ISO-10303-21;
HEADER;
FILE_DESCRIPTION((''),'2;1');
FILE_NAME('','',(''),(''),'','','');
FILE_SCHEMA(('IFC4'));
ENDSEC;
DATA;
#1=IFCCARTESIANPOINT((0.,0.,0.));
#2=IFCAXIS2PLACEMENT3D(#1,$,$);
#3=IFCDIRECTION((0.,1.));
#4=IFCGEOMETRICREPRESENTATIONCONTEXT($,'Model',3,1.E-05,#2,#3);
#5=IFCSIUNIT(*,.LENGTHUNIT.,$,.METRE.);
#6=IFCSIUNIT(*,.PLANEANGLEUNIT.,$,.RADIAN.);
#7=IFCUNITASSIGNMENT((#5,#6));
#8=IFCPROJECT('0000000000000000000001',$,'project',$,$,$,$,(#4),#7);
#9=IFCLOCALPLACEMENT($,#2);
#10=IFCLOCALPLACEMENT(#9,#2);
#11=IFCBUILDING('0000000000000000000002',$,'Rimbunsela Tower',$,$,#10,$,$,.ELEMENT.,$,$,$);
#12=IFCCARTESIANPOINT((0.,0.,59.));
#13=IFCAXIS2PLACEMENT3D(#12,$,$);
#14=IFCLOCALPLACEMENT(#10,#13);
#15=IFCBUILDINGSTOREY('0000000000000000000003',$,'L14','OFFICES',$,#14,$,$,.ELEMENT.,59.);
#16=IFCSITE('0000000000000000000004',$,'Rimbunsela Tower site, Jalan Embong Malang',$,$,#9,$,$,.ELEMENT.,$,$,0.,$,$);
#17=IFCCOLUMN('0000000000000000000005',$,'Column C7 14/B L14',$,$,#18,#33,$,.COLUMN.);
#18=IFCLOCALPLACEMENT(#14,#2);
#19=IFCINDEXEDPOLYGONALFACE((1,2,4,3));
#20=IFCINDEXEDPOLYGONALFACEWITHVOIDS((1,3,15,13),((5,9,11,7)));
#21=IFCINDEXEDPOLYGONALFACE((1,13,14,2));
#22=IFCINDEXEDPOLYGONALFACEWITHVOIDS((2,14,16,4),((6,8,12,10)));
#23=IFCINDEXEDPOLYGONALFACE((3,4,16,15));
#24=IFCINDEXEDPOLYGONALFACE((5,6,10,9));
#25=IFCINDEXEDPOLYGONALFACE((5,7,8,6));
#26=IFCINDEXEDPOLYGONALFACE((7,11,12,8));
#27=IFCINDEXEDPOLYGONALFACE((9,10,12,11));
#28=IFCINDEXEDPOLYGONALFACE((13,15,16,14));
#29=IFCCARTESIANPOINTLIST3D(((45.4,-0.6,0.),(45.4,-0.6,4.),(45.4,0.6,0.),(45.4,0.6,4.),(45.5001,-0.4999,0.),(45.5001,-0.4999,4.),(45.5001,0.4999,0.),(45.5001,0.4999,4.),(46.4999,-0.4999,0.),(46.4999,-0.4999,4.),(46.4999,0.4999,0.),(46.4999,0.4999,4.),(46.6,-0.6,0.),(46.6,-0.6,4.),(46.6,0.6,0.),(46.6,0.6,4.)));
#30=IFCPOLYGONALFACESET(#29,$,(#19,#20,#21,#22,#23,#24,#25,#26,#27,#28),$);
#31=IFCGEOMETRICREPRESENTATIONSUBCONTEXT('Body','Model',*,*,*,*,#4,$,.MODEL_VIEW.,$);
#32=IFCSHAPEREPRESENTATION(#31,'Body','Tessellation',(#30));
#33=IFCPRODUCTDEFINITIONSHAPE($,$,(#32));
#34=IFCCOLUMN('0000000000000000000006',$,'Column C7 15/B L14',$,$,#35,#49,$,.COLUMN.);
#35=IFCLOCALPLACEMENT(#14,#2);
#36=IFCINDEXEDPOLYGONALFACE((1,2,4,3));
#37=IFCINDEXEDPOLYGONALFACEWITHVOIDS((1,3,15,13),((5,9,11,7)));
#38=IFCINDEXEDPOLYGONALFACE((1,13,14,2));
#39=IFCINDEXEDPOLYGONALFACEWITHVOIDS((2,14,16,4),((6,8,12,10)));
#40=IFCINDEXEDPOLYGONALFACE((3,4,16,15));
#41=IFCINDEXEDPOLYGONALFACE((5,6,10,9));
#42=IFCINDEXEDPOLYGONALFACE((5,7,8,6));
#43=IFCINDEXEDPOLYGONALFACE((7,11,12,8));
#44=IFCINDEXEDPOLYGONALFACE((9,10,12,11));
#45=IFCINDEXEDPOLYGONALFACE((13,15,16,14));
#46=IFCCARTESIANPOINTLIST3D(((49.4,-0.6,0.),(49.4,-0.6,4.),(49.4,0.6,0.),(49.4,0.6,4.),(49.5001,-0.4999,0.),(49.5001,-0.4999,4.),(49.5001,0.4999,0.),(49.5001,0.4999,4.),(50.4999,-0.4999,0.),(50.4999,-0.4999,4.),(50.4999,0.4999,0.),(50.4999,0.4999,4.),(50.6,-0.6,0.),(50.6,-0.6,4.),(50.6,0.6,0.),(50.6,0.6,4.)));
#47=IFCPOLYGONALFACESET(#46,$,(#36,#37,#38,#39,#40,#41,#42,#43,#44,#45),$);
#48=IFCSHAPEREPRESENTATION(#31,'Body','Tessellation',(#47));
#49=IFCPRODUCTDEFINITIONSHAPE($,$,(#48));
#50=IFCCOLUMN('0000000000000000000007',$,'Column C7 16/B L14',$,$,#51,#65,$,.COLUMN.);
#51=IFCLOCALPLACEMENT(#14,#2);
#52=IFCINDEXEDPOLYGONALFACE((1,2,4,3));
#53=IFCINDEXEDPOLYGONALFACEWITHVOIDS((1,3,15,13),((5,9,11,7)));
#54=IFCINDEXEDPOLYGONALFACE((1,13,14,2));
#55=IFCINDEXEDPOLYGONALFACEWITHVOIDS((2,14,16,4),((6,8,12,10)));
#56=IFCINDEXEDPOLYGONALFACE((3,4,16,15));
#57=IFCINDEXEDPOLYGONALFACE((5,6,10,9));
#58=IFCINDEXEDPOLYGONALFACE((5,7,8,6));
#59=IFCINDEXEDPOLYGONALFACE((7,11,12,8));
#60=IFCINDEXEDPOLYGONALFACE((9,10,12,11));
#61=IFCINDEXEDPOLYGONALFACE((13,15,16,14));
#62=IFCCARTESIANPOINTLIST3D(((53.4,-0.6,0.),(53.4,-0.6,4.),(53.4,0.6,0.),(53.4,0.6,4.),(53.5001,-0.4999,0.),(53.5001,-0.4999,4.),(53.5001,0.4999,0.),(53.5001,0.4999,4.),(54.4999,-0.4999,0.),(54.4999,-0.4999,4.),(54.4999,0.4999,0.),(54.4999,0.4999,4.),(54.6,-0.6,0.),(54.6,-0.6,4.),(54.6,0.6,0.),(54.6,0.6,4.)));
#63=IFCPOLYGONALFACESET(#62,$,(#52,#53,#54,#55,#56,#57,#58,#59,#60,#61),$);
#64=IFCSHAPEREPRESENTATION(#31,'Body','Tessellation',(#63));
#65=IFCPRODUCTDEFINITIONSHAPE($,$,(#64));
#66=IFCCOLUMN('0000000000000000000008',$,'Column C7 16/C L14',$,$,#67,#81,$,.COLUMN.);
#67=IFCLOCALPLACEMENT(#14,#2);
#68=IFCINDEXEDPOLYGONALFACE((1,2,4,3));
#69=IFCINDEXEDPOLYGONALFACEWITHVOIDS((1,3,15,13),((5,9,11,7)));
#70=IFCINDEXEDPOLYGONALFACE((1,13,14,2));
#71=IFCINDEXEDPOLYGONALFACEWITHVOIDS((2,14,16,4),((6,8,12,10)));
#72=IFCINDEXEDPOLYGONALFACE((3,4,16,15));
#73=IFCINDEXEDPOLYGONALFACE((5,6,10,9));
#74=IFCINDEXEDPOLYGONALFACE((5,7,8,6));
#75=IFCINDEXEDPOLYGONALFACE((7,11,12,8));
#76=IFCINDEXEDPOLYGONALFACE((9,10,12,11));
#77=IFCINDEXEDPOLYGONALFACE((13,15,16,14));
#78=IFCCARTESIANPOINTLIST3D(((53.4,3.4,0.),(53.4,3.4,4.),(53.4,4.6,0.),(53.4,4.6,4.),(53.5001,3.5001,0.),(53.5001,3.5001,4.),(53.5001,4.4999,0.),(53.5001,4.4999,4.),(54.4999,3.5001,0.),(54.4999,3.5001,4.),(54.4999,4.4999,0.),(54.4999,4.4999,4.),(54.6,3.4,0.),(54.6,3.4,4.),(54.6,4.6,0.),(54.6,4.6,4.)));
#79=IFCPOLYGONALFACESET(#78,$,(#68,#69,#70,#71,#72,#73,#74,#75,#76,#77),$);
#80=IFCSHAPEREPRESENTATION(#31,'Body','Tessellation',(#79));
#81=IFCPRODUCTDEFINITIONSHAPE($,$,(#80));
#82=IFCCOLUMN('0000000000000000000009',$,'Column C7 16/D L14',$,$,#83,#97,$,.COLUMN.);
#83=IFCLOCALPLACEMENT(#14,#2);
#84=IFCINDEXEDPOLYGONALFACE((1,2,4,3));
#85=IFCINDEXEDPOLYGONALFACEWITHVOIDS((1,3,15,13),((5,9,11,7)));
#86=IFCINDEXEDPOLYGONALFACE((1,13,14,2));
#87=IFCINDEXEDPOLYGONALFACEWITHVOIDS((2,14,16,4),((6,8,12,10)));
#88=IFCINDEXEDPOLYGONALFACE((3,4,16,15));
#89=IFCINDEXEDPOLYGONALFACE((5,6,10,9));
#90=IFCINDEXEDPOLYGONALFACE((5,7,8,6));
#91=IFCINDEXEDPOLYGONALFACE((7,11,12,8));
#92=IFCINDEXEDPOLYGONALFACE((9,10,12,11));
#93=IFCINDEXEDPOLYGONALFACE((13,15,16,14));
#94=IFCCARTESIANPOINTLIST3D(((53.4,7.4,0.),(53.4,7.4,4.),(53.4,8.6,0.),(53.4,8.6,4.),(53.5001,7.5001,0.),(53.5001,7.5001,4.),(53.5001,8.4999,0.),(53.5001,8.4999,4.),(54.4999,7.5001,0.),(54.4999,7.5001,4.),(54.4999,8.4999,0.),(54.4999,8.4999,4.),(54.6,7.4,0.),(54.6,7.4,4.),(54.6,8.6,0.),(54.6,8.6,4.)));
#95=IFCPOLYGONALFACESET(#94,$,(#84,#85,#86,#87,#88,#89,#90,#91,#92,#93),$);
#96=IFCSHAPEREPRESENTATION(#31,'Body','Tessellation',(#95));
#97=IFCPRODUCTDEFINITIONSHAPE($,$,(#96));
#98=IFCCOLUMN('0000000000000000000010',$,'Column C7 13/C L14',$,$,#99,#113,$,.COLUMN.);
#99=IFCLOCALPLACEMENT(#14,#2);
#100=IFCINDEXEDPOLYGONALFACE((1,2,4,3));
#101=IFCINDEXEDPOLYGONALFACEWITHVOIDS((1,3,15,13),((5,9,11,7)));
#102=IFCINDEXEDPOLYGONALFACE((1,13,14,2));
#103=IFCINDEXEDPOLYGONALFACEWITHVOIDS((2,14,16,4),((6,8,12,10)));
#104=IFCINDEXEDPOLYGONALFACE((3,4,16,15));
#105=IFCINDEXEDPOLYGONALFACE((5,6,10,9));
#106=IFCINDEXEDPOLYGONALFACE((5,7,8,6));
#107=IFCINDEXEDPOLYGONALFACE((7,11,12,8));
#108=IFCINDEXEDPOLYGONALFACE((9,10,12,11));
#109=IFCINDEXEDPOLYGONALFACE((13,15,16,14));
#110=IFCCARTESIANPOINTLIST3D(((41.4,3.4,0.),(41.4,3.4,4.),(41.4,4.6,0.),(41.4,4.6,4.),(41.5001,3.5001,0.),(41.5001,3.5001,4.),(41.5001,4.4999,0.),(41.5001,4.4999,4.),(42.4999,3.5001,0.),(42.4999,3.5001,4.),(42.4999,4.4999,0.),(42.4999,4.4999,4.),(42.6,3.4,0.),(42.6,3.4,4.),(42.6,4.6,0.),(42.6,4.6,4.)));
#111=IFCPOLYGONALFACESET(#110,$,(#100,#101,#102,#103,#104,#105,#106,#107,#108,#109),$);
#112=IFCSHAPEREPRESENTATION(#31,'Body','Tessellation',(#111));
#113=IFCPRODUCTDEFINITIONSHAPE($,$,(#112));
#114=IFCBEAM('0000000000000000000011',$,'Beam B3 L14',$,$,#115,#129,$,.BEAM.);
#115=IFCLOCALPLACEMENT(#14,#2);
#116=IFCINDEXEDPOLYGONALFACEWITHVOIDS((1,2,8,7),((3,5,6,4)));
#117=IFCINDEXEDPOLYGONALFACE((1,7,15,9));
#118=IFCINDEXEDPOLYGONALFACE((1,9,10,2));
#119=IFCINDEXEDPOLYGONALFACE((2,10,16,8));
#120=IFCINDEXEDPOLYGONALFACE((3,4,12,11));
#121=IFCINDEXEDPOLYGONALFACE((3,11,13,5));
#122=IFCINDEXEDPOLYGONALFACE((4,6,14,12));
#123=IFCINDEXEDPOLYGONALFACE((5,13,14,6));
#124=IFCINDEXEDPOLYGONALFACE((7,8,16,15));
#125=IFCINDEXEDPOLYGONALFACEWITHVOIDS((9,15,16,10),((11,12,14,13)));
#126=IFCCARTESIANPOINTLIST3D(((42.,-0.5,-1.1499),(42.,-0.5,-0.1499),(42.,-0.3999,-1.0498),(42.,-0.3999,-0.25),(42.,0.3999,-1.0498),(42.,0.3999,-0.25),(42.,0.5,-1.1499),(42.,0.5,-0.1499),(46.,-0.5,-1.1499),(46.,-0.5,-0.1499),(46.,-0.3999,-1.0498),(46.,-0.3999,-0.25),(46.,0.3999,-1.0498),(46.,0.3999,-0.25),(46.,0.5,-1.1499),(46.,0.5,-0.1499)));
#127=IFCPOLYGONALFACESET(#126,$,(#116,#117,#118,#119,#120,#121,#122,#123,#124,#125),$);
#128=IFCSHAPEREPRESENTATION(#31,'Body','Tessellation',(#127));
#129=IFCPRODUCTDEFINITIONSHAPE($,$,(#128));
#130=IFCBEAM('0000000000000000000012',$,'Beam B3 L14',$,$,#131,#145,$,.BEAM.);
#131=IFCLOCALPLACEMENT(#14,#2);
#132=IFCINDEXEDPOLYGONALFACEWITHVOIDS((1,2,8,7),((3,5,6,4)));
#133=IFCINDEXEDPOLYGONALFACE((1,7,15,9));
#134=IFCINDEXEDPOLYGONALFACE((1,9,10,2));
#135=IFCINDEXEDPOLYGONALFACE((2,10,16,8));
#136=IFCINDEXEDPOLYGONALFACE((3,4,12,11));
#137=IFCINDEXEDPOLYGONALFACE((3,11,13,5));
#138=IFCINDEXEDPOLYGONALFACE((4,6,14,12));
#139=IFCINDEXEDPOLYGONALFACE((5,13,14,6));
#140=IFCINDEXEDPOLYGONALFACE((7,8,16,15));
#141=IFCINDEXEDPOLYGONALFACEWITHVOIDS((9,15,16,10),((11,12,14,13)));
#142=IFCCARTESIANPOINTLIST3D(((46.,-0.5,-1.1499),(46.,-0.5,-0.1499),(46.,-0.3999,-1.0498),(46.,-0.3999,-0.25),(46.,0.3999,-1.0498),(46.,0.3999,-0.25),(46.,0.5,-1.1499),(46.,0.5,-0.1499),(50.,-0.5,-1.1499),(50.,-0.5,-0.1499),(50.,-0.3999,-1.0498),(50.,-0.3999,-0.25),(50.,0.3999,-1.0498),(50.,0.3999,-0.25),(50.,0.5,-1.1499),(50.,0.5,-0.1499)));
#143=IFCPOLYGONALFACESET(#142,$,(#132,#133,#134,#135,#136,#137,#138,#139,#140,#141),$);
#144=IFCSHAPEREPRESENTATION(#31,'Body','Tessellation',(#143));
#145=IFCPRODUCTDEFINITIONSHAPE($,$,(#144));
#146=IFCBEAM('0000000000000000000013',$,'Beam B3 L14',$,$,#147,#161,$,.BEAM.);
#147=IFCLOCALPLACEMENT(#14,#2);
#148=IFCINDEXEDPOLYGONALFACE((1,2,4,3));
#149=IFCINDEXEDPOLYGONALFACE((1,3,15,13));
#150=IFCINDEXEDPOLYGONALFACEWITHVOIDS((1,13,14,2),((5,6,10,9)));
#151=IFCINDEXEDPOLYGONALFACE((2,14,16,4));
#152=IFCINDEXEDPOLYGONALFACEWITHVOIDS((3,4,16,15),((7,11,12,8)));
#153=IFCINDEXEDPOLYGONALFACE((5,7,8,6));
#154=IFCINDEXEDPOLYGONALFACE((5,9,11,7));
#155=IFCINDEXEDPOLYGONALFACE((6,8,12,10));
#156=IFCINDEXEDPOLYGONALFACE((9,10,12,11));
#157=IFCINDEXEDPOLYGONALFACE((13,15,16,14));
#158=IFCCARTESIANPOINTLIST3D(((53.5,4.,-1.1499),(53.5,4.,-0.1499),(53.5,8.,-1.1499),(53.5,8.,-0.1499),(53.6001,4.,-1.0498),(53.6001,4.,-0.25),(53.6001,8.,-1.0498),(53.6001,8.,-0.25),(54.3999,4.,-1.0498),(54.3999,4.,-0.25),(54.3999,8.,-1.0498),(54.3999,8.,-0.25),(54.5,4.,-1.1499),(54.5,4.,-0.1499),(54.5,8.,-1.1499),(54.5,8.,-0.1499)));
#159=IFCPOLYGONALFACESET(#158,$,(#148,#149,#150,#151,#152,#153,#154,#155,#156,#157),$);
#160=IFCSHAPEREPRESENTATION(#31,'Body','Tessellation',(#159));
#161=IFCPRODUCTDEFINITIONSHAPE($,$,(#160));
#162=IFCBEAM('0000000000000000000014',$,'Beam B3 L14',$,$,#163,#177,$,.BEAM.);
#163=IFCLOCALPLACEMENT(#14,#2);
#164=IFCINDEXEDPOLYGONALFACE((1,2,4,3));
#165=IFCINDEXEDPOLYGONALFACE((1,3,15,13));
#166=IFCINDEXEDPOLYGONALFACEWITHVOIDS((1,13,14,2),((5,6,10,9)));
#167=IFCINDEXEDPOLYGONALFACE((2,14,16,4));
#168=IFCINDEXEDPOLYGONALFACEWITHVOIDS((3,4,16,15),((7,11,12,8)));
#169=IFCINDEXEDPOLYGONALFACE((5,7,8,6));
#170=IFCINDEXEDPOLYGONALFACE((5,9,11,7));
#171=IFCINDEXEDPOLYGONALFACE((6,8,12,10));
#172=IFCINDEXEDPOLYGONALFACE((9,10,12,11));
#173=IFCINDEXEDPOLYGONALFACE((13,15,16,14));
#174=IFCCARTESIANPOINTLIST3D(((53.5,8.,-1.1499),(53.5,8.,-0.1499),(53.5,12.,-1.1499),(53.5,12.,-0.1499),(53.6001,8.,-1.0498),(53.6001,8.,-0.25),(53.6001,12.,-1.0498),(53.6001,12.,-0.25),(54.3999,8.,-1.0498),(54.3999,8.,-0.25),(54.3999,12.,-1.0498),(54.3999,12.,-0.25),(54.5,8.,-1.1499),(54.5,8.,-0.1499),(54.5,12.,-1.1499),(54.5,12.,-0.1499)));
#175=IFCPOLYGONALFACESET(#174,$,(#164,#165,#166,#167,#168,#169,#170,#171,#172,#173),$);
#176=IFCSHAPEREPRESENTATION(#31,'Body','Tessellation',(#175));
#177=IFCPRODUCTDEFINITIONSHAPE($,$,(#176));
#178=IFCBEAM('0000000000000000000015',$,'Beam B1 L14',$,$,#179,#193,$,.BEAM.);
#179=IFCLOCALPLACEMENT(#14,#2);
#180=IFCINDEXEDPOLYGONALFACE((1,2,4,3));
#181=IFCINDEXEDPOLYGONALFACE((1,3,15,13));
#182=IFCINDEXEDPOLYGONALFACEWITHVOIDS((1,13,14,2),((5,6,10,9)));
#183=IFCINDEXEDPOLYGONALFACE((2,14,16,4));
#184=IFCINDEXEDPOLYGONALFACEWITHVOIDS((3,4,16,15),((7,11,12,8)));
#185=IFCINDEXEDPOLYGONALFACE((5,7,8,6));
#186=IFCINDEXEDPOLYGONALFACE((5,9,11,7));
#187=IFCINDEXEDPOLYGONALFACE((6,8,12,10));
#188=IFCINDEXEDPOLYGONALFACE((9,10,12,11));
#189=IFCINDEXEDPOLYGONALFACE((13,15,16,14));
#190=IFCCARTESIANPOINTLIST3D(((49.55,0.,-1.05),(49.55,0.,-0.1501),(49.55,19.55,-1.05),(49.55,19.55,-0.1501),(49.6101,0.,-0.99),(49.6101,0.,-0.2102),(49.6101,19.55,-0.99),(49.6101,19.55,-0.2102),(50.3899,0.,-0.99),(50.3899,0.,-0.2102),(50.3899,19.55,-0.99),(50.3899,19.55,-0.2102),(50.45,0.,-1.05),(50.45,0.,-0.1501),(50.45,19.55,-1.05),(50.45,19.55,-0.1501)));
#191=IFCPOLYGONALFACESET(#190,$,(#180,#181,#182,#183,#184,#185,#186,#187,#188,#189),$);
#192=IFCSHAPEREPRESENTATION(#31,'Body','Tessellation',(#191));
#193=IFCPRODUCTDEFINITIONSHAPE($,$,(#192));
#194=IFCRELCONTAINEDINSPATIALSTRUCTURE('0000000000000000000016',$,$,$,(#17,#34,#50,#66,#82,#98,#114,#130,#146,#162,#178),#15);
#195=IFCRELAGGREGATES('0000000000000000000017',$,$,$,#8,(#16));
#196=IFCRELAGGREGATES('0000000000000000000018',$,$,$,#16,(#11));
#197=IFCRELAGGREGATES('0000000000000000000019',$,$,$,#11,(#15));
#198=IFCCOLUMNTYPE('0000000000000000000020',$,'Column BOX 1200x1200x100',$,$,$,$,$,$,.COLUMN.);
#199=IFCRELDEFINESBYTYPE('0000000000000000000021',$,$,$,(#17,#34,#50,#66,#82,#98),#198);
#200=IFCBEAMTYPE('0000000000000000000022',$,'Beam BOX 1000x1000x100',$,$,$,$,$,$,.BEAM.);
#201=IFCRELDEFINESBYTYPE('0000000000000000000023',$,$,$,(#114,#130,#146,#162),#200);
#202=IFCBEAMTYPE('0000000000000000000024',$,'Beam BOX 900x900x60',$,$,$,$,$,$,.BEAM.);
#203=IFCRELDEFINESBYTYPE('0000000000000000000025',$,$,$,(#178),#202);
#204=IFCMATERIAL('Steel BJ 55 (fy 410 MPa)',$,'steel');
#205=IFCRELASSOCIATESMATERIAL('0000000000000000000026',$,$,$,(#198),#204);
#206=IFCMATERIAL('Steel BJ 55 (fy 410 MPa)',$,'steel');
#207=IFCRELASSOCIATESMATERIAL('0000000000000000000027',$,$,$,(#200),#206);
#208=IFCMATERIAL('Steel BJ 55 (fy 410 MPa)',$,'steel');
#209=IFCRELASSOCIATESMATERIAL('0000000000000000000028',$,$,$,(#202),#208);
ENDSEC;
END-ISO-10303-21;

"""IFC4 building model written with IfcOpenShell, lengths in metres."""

from ifc_helpers import new_model, si_unit, direction, frame, origin, origin_2d, place, context, subcontext, project, spatial, hollow_rectangle, extrude, material, material_profile, profile_set, type_object, element, save


model = new_model("IFC4")

# Units and contexts
model_context = context("Model", 3, precision=1e-05, world=origin(), true_north=direction((0.0, 1.0)))
body_context = subcontext(model_context, "Body", "Model", "MODEL_VIEW")
ifc_project = project(units=[si_unit("LENGTHUNIT", "METRE"), si_unit("PLANEANGLEUNIT", "RADIAN")], contexts=[model_context])

# Site, building, storey
site_placement = place(None, origin())
site = spatial("IfcSite", under=ifc_project, at=site_placement, Name="Rimbunsela Tower site, Jalan Embong Malang", CompositionType="ELEMENT", RefElevation=0.0)
building_placement = place(site_placement, origin())
building = spatial("IfcBuilding", under=site, at=building_placement, Name="Rimbunsela Tower", CompositionType="ELEMENT")
storey_placement = place(building_placement, frame((0.0, 0.0, 59.0)))
storey = spatial("IfcBuildingStorey", under=building, at=storey_placement, Name="L14", Description="OFFICES", CompositionType="ELEMENT", Elevation=59.0)

# Columns
ifc_material_1 = material(Name="Steel BJ 55 (fy 410 MPa)", Category="steel")
ifc_material_profile_1 = material_profile(ifc_material_1, hollow_rectangle(XDim=1.2, YDim=1.2, WallThickness=0.1001, at=origin_2d()), Name="BOX 1200x1200x100")
ifc_profile_set_1 = profile_set([ifc_material_profile_1], Name="Steel BJ 55 (fy 410 MPa)")
column_type = type_object("IfcColumnType", Name="Column BOX 1200x1200x100", PredefinedType="COLUMN", material=ifc_profile_set_1)
for number, where, z_axis, x_axis, name in (
    (1, (46.0, 0.0, 0.0), (0.0, 0.0, 1.0), (1.0, 0.0, 0.0), "Column C7 14/B L14"),
    (2, (50.0, 0.0, 0.0), (0.0, 0.0, 1.0), (1.0, 0.0, 0.0), "Column C7 15/B L14"),
    (3, (54.0, 0.0, 0.0), (0.0, 0.0, 1.0), (1.0, 0.0, 0.0), "Column C7 16/B L14"),
    (4, (54.0, 4.0, 0.0), (0.0, 0.0, 1.0), (1.0, 0.0, 0.0), "Column C7 16/C L14"),
    (5, (54.0, 8.0, 0.0), (0.0, 0.0, 1.0), (1.0, 0.0, 0.0), "Column C7 16/D L14"),
    (6, (42.0, 4.0, 0.0), (0.0, 0.0, 1.0), (1.0, 0.0, 0.0), "Column C7 13/C L14"),
):
    element("IfcColumn", number, at=place(storey_placement, frame(where, z_axis=z_axis, x_axis=x_axis)), inside=storey, type_object=column_type, Name=name, PredefinedType="COLUMN", context=body_context, shape_type="SweptSolid", body=[
        extrude(hollow_rectangle(XDim=1.2, YDim=1.2, WallThickness=0.1001, at=origin_2d()), origin(), (0.0, 0.0, 1.0), 4.0),
    ])

# Beams
ifc_material_2 = material(Name="Steel BJ 55 (fy 410 MPa)", Category="steel")
ifc_material_profile_2 = material_profile(ifc_material_2, hollow_rectangle(XDim=1.0, YDim=1.0, WallThickness=0.1001, at=origin_2d()), Name="BOX 1000x1000x100")
ifc_profile_set_2 = profile_set([ifc_material_profile_2], Name="Steel BJ 55 (fy 410 MPa)")
beam_type_1 = type_object("IfcBeamType", Name="Beam BOX 1000x1000x100", PredefinedType="BEAM", material=ifc_profile_set_2)
for number, where, z_axis, x_axis, name in (
    (7, (42.0, 0.0, -0.6499), (1.0, 0.0, 0.0), (0.0, 1.0, 0.0), "Beam B3 L14"),
    (8, (46.0, 0.0, -0.6499), (1.0, 0.0, 0.0), (0.0, 1.0, 0.0), "Beam B3 L14"),
    (9, (54.0, 4.0, -0.6499), (0.0, 1.0, 0.0), (-1.0, 0.0, 0.0), "Beam B3 L14"),
    (10, (54.0, 8.0, -0.6499), (0.0, 1.0, 0.0), (-1.0, 0.0, 0.0), "Beam B3 L14"),
):
    element("IfcBeam", number, at=place(storey_placement, frame(where, z_axis=z_axis, x_axis=x_axis)), inside=storey, type_object=beam_type_1, Name=name, PredefinedType="BEAM", context=body_context, shape_type="SweptSolid", body=[
        extrude(hollow_rectangle(XDim=1.0, YDim=1.0, WallThickness=0.1001, at=origin_2d()), origin(), (0.0, 0.0, 1.0), 4.0),
    ])
ifc_material_3 = material(Name="Steel BJ 55 (fy 410 MPa)", Category="steel")
ifc_material_profile_3 = material_profile(ifc_material_3, hollow_rectangle(XDim=0.8999, YDim=0.8999, WallThickness=0.0601, at=origin_2d()), Name="BOX 900x900x60")
ifc_profile_set_3 = profile_set([ifc_material_profile_3], Name="Steel BJ 55 (fy 410 MPa)")
beam_type_2 = type_object("IfcBeamType", Name="Beam BOX 900x900x60", PredefinedType="BEAM", material=ifc_profile_set_3)
beam_1_placement = place(storey_placement, frame((50.0, 0.0, -0.6001), z_axis=(0.0, 1.0, 0.0), x_axis=(-1.0, 0.0, 0.0)))
element("IfcBeam", 11, at=beam_1_placement, inside=storey, type_object=beam_type_2, Name="Beam B1 L14", PredefinedType="BEAM", context=body_context, shape_type="SweptSolid", body=[
    extrude(hollow_rectangle(XDim=0.8999, YDim=0.8999, WallThickness=0.0601, at=origin_2d()), origin(), (0.0, 0.0, 1.0), 19.55),
])

save(model, "model.ifc")
